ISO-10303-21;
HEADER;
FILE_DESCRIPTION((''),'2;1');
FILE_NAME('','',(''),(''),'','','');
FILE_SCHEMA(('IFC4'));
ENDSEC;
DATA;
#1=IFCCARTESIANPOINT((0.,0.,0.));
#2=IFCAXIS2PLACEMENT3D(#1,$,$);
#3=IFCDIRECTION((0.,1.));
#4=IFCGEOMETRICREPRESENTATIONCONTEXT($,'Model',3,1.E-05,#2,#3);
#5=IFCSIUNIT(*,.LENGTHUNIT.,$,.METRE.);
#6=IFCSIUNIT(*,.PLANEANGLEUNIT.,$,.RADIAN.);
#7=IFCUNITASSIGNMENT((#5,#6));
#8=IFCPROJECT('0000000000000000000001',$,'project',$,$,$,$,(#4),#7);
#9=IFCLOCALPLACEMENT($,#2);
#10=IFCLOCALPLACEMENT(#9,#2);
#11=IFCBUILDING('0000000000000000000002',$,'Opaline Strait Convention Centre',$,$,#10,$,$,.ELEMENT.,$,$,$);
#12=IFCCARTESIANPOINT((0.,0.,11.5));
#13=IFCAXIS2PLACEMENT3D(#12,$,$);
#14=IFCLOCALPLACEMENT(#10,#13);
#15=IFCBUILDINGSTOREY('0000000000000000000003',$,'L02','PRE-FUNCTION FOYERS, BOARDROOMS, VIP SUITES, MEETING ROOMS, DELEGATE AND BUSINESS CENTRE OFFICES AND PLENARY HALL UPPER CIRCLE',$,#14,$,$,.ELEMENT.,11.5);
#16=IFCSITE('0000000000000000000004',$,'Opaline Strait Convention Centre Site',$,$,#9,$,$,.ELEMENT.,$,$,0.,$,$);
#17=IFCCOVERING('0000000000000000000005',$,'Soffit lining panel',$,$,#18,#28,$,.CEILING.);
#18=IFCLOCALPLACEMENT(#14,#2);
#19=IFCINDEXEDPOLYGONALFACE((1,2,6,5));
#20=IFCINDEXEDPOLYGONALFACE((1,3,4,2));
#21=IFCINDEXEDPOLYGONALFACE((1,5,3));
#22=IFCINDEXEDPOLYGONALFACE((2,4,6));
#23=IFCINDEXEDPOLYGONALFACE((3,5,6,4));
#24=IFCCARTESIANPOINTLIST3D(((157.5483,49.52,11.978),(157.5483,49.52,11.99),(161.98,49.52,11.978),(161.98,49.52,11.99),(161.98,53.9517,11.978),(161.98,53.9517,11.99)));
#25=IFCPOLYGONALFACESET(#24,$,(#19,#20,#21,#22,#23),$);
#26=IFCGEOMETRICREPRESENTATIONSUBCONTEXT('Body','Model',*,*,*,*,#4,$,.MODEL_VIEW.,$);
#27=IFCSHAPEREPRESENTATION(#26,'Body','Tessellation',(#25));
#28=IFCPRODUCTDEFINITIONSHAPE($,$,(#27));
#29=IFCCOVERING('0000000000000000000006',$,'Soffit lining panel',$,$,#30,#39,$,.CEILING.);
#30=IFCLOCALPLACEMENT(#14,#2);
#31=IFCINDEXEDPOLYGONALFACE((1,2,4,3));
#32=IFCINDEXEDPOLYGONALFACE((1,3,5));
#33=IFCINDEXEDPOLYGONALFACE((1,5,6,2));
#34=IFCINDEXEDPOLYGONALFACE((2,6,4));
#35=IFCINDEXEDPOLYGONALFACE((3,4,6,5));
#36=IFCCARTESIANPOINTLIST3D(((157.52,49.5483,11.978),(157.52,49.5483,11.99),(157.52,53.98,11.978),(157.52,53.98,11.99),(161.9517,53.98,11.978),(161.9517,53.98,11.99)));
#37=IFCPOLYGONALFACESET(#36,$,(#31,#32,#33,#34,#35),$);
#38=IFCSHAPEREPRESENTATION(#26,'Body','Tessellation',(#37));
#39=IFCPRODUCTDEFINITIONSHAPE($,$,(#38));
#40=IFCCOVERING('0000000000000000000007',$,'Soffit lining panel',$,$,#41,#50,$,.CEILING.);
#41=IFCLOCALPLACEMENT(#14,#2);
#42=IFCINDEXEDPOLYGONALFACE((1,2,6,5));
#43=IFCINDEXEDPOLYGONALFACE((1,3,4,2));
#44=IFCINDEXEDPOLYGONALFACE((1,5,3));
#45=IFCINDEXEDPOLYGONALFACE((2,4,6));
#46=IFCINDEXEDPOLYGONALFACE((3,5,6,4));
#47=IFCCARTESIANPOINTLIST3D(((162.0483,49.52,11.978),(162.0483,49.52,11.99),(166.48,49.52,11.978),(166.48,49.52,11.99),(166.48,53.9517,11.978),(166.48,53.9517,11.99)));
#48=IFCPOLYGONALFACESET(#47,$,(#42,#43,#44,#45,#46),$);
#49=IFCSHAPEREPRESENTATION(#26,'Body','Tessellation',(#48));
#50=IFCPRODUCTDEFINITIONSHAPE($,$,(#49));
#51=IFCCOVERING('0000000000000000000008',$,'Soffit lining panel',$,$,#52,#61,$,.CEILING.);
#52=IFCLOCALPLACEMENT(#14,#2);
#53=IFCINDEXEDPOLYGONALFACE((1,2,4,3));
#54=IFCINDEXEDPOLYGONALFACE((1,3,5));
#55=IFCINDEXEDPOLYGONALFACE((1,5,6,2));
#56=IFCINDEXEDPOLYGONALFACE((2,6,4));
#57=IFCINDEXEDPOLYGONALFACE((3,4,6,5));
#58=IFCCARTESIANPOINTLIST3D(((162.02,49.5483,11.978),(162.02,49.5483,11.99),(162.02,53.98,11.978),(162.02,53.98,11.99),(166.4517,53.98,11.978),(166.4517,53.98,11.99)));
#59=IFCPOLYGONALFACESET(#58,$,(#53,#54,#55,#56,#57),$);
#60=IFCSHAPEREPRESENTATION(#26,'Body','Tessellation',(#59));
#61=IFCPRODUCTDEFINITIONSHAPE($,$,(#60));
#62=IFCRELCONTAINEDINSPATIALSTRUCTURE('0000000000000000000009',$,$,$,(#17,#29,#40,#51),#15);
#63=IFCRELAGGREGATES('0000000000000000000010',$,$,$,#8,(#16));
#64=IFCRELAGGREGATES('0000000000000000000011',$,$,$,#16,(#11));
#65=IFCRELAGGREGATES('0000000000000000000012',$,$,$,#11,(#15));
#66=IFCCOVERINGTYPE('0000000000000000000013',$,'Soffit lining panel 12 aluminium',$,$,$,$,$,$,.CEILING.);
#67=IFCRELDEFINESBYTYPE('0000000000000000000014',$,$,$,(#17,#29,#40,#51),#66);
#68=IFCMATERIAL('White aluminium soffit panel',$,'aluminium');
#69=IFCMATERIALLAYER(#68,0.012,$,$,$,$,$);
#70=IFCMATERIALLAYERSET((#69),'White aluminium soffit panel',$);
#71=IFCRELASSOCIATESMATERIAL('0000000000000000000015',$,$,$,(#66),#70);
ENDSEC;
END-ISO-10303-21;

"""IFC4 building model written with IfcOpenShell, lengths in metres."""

from ifc_helpers import new_model, si_unit, direction, frame, origin, place, context, subcontext, project, spatial, polyline, outline, extrude, material, layer, layer_set, type_object, element, save


model = new_model("IFC4")

# Units and contexts
model_context = context("Model", 3, precision=1e-05, world=origin(), true_north=direction((0.0, 1.0)))
body_context = subcontext(model_context, "Body", "Model", "MODEL_VIEW")
ifc_project = project(units=[si_unit("LENGTHUNIT", "METRE"), si_unit("PLANEANGLEUNIT", "RADIAN")], contexts=[model_context])

# Site, building, storey
site_placement = place(None, origin())
site = spatial("IfcSite", under=ifc_project, at=site_placement, Name="Opaline Strait Convention Centre Site", CompositionType="ELEMENT", RefElevation=0.0)
building_placement = place(site_placement, origin())
building = spatial("IfcBuilding", under=site, at=building_placement, Name="Opaline Strait Convention Centre", CompositionType="ELEMENT")
storey_placement = place(building_placement, frame((0.0, 0.0, 11.5)))
storey = spatial("IfcBuildingStorey", under=building, at=storey_placement, Name="L02", Description="PRE-FUNCTION FOYERS, BOARDROOMS, VIP SUITES, MEETING ROOMS, DELEGATE AND BUSINESS CENTRE OFFICES AND PLENARY HALL UPPER CIRCLE", CompositionType="ELEMENT", Elevation=11.5)

# Coverings
ifc_material_1 = material(Name="White aluminium soffit panel", Category="aluminium")
ifc_layer_1 = layer(ifc_material_1, 0.012)
ifc_layer_set_1 = layer_set([ifc_layer_1], Name="White aluminium soffit panel")
covering_type_1 = type_object("IfcCoveringType", Name="Soffit lining panel 12 aluminium", PredefinedType="CEILING", material=ifc_layer_set_1)
for number, where, z_axis, x_axis, name in (
    (1, (157.5483, 49.52, 11.99), (0.0, 0.0, 1.0), (0.707107, 0.707107, 0.0), "Soffit lining panel"),
):
    element("IfcCovering", number, at=place(storey_placement, frame(where, z_axis=z_axis, x_axis=x_axis)), inside=storey, type_object=covering_type_1, Name=name, PredefinedType="CEILING", context=body_context, shape_type="SweptSolid", body=[
        extrude(outline(polyline([(0.0, 0.0), (6.2673, 0.0), (3.1336, -3.1336), (0.0, 0.0)])), origin(), (0.0, 0.0, -1.0), 0.012),
    ])
covering_1_placement = place(storey_placement, frame((157.52, 49.5483, 11.99), z_axis=(0.0, 0.0, 1.0), x_axis=(0.0, 1.0, 0.0)))
element("IfcCovering", 2, at=covering_1_placement, inside=storey, type_object=covering_type_1, Name="Soffit lining panel", PredefinedType="CEILING", context=body_context, shape_type="SweptSolid", body=[
    extrude(outline(polyline([(0.0, 0.0), (4.4316, 0.0), (4.4316, -4.4316), (0.0, 0.0)])), origin(), (0.0, 0.0, -1.0), 0.012),
])
covering_2_placement = place(storey_placement, frame((162.0483, 49.52, 11.99), z_axis=(0.0, 0.0, 1.0), x_axis=(0.707107, 0.707107, 0.0)))
element("IfcCovering", 3, at=covering_2_placement, inside=storey, type_object=covering_type_1, Name="Soffit lining panel", PredefinedType="CEILING", context=body_context, shape_type="SweptSolid", body=[
    extrude(outline(polyline([(0.0, 0.0), (6.2673, 0.0), (3.1336, -3.1336), (0.0, 0.0)])), origin(), (0.0, 0.0, -1.0), 0.012),
])
covering_3_placement = place(storey_placement, frame((162.02, 49.5483, 11.99), z_axis=(0.0, 0.0, 1.0), x_axis=(0.0, 1.0, 0.0)))
element("IfcCovering", 4, at=covering_3_placement, inside=storey, type_object=covering_type_1, Name="Soffit lining panel", PredefinedType="CEILING", context=body_context, shape_type="SweptSolid", body=[
    extrude(outline(polyline([(0.0, 0.0), (4.4316, 0.0), (4.4316, -4.4316), (0.0, 0.0)])), origin(), (0.0, 0.0, -1.0), 0.012),
])

save(model, "model.ifc")
